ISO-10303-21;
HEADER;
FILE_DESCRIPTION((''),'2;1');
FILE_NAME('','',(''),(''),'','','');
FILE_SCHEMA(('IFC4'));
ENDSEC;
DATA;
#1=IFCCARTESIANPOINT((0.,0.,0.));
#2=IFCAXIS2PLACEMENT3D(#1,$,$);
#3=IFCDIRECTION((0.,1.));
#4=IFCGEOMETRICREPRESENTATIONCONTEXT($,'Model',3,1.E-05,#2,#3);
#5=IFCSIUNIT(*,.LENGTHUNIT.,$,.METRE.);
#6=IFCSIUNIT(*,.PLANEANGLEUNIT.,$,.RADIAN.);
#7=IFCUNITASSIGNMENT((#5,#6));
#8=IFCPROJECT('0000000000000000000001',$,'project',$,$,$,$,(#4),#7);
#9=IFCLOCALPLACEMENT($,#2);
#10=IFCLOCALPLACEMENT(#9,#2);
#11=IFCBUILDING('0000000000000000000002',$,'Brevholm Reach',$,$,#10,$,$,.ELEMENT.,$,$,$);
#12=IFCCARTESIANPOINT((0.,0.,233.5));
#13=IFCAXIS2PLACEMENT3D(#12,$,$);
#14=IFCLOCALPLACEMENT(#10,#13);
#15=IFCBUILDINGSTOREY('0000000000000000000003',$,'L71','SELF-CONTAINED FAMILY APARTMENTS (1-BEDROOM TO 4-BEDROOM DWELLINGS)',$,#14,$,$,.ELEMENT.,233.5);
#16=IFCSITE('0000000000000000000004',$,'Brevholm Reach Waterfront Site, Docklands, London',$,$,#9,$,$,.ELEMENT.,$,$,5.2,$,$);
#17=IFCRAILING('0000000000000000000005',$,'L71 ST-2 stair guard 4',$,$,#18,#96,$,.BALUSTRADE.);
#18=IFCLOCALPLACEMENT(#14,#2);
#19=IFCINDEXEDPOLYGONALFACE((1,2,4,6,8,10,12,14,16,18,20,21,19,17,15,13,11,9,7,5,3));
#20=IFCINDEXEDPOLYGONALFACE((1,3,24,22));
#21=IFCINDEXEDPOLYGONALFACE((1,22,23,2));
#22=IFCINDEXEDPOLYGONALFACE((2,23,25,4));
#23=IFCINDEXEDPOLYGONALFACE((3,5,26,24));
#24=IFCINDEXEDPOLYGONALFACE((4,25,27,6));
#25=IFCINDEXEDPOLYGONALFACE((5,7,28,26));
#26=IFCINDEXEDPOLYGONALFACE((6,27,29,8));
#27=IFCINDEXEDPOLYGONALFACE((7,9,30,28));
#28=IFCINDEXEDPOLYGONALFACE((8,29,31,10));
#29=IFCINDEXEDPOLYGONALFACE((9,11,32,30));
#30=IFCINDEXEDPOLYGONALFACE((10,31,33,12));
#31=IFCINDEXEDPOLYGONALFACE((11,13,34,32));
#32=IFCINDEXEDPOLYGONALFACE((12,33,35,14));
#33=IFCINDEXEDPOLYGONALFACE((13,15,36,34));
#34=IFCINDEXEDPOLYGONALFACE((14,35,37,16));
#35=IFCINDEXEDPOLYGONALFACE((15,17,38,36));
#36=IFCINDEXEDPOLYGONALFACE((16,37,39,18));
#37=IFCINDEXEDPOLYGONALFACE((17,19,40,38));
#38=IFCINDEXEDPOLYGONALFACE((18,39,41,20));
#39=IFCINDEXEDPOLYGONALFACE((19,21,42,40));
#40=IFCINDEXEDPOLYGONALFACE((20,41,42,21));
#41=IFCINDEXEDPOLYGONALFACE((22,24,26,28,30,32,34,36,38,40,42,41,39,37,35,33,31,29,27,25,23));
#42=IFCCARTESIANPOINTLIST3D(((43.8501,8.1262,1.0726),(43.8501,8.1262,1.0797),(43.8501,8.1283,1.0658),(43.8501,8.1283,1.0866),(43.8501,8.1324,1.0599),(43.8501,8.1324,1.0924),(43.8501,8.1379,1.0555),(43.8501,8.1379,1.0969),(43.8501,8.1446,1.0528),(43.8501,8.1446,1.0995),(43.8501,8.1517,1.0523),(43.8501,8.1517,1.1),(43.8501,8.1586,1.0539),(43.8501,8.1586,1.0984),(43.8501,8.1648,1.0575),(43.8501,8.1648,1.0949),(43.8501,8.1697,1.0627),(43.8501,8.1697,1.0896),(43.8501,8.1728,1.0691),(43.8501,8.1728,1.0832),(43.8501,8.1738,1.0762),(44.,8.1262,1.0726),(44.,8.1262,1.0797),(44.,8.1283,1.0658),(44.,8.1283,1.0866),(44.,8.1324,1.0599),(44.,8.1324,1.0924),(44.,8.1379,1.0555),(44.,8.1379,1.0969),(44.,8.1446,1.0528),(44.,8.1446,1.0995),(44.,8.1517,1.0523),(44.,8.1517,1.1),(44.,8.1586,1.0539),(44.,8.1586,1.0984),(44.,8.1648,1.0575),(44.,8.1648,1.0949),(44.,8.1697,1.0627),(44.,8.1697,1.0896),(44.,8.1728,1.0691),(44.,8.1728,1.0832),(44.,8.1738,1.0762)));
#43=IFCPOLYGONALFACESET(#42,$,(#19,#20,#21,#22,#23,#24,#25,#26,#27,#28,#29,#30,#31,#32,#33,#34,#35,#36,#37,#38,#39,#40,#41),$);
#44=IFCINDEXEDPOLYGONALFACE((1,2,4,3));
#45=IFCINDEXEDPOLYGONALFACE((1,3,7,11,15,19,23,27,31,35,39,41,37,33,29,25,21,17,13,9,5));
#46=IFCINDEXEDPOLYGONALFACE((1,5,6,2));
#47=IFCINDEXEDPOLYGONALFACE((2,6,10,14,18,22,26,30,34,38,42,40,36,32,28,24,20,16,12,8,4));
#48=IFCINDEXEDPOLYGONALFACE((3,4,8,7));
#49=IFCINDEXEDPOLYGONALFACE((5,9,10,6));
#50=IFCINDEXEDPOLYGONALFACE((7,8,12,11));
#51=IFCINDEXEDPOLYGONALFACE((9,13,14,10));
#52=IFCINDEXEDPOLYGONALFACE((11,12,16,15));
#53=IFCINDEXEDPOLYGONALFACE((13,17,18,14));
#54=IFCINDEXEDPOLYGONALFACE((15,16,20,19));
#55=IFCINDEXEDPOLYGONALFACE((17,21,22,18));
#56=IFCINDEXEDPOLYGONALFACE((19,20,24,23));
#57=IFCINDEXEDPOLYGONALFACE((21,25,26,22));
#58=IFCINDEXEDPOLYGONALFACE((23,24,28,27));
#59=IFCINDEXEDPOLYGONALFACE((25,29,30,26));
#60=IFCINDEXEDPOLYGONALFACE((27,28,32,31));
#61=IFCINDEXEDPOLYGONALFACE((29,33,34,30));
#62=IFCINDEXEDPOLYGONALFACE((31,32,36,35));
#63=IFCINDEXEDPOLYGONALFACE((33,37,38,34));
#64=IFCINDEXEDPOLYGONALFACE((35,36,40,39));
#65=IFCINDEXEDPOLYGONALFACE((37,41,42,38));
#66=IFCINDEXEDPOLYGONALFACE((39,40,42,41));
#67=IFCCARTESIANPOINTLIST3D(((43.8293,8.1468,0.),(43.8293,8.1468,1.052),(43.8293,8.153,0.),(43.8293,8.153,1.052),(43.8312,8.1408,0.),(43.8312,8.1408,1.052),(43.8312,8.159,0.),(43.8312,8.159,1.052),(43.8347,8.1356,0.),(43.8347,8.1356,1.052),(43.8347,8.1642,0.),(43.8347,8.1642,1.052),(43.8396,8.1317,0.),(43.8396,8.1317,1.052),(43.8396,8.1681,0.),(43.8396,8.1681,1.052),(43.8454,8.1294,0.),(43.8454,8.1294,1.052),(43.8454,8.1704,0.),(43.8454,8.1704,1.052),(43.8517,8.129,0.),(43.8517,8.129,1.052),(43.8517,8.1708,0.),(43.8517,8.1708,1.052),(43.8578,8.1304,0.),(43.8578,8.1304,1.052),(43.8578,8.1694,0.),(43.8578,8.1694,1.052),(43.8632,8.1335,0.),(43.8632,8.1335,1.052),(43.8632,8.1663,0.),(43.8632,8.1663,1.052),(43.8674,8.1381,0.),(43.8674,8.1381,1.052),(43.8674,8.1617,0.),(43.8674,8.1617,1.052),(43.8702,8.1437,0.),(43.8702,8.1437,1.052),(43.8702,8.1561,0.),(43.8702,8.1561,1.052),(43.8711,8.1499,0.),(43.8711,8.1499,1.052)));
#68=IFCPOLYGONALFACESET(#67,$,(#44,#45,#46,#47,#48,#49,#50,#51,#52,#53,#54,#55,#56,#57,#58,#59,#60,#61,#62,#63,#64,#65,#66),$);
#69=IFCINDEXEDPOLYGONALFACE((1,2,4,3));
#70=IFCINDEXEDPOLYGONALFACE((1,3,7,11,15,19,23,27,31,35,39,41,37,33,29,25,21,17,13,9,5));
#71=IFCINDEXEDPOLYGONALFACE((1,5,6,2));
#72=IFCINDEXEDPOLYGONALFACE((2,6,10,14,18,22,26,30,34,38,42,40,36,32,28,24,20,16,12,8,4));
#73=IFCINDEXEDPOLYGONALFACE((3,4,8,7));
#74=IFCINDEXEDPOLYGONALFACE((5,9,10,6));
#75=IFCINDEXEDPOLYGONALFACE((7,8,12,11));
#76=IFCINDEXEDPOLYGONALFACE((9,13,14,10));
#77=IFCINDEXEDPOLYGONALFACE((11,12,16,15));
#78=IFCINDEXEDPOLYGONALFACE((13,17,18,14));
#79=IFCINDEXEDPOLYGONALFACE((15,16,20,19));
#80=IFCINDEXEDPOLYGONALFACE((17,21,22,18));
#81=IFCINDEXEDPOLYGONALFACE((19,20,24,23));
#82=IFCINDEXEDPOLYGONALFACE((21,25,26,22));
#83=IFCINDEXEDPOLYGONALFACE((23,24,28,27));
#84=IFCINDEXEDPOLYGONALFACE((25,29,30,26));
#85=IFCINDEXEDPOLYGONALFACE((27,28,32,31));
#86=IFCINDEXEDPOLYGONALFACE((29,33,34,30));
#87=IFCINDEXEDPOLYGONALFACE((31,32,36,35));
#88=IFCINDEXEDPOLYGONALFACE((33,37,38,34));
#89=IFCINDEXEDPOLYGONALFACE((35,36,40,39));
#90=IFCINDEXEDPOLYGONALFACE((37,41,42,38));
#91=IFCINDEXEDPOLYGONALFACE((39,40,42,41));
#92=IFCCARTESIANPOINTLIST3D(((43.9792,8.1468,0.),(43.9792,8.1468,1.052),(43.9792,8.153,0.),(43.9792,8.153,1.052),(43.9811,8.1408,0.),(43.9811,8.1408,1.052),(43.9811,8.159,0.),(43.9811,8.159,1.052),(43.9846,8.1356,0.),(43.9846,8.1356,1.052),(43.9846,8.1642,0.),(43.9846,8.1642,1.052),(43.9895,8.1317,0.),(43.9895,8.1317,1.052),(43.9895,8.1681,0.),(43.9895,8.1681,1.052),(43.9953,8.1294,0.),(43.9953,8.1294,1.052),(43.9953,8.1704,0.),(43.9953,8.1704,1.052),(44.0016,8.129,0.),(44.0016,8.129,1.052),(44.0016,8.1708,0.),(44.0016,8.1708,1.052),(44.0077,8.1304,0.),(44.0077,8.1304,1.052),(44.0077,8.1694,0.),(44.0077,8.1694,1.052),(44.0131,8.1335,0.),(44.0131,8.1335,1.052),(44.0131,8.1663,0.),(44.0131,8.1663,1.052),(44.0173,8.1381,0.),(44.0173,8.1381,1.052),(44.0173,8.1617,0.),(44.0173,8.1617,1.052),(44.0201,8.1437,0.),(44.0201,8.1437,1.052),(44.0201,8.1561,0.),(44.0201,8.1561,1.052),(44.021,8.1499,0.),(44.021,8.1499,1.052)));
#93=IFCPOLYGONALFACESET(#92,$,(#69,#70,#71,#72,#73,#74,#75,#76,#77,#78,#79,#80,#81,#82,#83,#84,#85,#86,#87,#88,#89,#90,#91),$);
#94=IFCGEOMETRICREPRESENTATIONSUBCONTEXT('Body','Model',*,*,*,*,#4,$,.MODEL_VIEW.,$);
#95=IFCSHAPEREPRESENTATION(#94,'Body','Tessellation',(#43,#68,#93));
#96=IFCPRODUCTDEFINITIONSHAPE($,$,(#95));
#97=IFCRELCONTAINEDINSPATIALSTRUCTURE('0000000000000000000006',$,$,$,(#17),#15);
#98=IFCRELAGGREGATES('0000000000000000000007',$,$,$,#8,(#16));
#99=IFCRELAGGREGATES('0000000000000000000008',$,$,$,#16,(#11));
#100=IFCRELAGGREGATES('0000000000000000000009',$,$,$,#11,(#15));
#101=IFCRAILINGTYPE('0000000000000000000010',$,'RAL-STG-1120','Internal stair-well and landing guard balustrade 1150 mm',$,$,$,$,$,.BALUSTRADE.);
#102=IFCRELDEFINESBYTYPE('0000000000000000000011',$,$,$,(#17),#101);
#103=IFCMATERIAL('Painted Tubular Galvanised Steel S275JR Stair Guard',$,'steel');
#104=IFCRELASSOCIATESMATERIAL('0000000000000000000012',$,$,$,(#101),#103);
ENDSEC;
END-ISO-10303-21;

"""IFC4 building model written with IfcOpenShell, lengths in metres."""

from ifc_helpers import new_model, si_unit, direction, frame, origin, origin_2d, place, context, subcontext, project, spatial, circle, extrude, material, type_object, element, save


model = new_model("IFC4")

# Units and contexts
model_context = context("Model", 3, precision=1e-05, world=origin(), true_north=direction((0.0, 1.0)))
body_context = subcontext(model_context, "Body", "Model", "MODEL_VIEW")
ifc_project = project(units=[si_unit("LENGTHUNIT", "METRE"), si_unit("PLANEANGLEUNIT", "RADIAN")], contexts=[model_context])

# Site, building, storey
site_placement = place(None, origin())
site = spatial("IfcSite", under=ifc_project, at=site_placement, Name="Brevholm Reach Waterfront Site, Docklands, London", CompositionType="ELEMENT", RefElevation=5.2)
building_placement = place(site_placement, origin())
building = spatial("IfcBuilding", under=site, at=building_placement, Name="Brevholm Reach", CompositionType="ELEMENT")
storey_placement = place(building_placement, frame((0.0, 0.0, 233.5)))
storey = spatial("IfcBuildingStorey", under=building, at=storey_placement, Name="L71", Description="SELF-CONTAINED FAMILY APARTMENTS (1-BEDROOM TO 4-BEDROOM DWELLINGS)", CompositionType="ELEMENT", Elevation=233.5)

# Railing
ifc_material_1 = material(Name="Painted Tubular Galvanised Steel S275JR Stair Guard", Category="steel")
railing_type = type_object("IfcRailingType", Name="RAL-STG-1120", Description="Internal stair-well and landing guard balustrade 1150 mm", PredefinedType="BALUSTRADE", material=ifc_material_1)
railing_1_placement = place(storey_placement, frame((43.8501, 8.1499, 0.0)))
element("IfcRailing", 1, at=railing_1_placement, inside=storey, type_object=railing_type, Name="L71 ST-2 stair guard 4", PredefinedType="BALUSTRADE", context=body_context, shape_type="SweptSolid", body=[
    extrude(circle(Radius=0.0239, at=origin_2d()), frame((0.0, 0.0, 1.0762), z_axis=(1.0, 0.0, 0.0), x_axis=(0.0, 1.0, 0.0)), (0.0, 0.0, 1.0), 0.1499),
    extrude(circle(Radius=0.021, at=origin_2d()), origin(), (0.0, 0.0, 1.0), 1.052),
    extrude(circle(Radius=0.021, at=origin_2d()), frame((0.1499, 0.0, 0.0)), (0.0, 0.0, 1.0), 1.052),
])

save(model, "model.ifc")
